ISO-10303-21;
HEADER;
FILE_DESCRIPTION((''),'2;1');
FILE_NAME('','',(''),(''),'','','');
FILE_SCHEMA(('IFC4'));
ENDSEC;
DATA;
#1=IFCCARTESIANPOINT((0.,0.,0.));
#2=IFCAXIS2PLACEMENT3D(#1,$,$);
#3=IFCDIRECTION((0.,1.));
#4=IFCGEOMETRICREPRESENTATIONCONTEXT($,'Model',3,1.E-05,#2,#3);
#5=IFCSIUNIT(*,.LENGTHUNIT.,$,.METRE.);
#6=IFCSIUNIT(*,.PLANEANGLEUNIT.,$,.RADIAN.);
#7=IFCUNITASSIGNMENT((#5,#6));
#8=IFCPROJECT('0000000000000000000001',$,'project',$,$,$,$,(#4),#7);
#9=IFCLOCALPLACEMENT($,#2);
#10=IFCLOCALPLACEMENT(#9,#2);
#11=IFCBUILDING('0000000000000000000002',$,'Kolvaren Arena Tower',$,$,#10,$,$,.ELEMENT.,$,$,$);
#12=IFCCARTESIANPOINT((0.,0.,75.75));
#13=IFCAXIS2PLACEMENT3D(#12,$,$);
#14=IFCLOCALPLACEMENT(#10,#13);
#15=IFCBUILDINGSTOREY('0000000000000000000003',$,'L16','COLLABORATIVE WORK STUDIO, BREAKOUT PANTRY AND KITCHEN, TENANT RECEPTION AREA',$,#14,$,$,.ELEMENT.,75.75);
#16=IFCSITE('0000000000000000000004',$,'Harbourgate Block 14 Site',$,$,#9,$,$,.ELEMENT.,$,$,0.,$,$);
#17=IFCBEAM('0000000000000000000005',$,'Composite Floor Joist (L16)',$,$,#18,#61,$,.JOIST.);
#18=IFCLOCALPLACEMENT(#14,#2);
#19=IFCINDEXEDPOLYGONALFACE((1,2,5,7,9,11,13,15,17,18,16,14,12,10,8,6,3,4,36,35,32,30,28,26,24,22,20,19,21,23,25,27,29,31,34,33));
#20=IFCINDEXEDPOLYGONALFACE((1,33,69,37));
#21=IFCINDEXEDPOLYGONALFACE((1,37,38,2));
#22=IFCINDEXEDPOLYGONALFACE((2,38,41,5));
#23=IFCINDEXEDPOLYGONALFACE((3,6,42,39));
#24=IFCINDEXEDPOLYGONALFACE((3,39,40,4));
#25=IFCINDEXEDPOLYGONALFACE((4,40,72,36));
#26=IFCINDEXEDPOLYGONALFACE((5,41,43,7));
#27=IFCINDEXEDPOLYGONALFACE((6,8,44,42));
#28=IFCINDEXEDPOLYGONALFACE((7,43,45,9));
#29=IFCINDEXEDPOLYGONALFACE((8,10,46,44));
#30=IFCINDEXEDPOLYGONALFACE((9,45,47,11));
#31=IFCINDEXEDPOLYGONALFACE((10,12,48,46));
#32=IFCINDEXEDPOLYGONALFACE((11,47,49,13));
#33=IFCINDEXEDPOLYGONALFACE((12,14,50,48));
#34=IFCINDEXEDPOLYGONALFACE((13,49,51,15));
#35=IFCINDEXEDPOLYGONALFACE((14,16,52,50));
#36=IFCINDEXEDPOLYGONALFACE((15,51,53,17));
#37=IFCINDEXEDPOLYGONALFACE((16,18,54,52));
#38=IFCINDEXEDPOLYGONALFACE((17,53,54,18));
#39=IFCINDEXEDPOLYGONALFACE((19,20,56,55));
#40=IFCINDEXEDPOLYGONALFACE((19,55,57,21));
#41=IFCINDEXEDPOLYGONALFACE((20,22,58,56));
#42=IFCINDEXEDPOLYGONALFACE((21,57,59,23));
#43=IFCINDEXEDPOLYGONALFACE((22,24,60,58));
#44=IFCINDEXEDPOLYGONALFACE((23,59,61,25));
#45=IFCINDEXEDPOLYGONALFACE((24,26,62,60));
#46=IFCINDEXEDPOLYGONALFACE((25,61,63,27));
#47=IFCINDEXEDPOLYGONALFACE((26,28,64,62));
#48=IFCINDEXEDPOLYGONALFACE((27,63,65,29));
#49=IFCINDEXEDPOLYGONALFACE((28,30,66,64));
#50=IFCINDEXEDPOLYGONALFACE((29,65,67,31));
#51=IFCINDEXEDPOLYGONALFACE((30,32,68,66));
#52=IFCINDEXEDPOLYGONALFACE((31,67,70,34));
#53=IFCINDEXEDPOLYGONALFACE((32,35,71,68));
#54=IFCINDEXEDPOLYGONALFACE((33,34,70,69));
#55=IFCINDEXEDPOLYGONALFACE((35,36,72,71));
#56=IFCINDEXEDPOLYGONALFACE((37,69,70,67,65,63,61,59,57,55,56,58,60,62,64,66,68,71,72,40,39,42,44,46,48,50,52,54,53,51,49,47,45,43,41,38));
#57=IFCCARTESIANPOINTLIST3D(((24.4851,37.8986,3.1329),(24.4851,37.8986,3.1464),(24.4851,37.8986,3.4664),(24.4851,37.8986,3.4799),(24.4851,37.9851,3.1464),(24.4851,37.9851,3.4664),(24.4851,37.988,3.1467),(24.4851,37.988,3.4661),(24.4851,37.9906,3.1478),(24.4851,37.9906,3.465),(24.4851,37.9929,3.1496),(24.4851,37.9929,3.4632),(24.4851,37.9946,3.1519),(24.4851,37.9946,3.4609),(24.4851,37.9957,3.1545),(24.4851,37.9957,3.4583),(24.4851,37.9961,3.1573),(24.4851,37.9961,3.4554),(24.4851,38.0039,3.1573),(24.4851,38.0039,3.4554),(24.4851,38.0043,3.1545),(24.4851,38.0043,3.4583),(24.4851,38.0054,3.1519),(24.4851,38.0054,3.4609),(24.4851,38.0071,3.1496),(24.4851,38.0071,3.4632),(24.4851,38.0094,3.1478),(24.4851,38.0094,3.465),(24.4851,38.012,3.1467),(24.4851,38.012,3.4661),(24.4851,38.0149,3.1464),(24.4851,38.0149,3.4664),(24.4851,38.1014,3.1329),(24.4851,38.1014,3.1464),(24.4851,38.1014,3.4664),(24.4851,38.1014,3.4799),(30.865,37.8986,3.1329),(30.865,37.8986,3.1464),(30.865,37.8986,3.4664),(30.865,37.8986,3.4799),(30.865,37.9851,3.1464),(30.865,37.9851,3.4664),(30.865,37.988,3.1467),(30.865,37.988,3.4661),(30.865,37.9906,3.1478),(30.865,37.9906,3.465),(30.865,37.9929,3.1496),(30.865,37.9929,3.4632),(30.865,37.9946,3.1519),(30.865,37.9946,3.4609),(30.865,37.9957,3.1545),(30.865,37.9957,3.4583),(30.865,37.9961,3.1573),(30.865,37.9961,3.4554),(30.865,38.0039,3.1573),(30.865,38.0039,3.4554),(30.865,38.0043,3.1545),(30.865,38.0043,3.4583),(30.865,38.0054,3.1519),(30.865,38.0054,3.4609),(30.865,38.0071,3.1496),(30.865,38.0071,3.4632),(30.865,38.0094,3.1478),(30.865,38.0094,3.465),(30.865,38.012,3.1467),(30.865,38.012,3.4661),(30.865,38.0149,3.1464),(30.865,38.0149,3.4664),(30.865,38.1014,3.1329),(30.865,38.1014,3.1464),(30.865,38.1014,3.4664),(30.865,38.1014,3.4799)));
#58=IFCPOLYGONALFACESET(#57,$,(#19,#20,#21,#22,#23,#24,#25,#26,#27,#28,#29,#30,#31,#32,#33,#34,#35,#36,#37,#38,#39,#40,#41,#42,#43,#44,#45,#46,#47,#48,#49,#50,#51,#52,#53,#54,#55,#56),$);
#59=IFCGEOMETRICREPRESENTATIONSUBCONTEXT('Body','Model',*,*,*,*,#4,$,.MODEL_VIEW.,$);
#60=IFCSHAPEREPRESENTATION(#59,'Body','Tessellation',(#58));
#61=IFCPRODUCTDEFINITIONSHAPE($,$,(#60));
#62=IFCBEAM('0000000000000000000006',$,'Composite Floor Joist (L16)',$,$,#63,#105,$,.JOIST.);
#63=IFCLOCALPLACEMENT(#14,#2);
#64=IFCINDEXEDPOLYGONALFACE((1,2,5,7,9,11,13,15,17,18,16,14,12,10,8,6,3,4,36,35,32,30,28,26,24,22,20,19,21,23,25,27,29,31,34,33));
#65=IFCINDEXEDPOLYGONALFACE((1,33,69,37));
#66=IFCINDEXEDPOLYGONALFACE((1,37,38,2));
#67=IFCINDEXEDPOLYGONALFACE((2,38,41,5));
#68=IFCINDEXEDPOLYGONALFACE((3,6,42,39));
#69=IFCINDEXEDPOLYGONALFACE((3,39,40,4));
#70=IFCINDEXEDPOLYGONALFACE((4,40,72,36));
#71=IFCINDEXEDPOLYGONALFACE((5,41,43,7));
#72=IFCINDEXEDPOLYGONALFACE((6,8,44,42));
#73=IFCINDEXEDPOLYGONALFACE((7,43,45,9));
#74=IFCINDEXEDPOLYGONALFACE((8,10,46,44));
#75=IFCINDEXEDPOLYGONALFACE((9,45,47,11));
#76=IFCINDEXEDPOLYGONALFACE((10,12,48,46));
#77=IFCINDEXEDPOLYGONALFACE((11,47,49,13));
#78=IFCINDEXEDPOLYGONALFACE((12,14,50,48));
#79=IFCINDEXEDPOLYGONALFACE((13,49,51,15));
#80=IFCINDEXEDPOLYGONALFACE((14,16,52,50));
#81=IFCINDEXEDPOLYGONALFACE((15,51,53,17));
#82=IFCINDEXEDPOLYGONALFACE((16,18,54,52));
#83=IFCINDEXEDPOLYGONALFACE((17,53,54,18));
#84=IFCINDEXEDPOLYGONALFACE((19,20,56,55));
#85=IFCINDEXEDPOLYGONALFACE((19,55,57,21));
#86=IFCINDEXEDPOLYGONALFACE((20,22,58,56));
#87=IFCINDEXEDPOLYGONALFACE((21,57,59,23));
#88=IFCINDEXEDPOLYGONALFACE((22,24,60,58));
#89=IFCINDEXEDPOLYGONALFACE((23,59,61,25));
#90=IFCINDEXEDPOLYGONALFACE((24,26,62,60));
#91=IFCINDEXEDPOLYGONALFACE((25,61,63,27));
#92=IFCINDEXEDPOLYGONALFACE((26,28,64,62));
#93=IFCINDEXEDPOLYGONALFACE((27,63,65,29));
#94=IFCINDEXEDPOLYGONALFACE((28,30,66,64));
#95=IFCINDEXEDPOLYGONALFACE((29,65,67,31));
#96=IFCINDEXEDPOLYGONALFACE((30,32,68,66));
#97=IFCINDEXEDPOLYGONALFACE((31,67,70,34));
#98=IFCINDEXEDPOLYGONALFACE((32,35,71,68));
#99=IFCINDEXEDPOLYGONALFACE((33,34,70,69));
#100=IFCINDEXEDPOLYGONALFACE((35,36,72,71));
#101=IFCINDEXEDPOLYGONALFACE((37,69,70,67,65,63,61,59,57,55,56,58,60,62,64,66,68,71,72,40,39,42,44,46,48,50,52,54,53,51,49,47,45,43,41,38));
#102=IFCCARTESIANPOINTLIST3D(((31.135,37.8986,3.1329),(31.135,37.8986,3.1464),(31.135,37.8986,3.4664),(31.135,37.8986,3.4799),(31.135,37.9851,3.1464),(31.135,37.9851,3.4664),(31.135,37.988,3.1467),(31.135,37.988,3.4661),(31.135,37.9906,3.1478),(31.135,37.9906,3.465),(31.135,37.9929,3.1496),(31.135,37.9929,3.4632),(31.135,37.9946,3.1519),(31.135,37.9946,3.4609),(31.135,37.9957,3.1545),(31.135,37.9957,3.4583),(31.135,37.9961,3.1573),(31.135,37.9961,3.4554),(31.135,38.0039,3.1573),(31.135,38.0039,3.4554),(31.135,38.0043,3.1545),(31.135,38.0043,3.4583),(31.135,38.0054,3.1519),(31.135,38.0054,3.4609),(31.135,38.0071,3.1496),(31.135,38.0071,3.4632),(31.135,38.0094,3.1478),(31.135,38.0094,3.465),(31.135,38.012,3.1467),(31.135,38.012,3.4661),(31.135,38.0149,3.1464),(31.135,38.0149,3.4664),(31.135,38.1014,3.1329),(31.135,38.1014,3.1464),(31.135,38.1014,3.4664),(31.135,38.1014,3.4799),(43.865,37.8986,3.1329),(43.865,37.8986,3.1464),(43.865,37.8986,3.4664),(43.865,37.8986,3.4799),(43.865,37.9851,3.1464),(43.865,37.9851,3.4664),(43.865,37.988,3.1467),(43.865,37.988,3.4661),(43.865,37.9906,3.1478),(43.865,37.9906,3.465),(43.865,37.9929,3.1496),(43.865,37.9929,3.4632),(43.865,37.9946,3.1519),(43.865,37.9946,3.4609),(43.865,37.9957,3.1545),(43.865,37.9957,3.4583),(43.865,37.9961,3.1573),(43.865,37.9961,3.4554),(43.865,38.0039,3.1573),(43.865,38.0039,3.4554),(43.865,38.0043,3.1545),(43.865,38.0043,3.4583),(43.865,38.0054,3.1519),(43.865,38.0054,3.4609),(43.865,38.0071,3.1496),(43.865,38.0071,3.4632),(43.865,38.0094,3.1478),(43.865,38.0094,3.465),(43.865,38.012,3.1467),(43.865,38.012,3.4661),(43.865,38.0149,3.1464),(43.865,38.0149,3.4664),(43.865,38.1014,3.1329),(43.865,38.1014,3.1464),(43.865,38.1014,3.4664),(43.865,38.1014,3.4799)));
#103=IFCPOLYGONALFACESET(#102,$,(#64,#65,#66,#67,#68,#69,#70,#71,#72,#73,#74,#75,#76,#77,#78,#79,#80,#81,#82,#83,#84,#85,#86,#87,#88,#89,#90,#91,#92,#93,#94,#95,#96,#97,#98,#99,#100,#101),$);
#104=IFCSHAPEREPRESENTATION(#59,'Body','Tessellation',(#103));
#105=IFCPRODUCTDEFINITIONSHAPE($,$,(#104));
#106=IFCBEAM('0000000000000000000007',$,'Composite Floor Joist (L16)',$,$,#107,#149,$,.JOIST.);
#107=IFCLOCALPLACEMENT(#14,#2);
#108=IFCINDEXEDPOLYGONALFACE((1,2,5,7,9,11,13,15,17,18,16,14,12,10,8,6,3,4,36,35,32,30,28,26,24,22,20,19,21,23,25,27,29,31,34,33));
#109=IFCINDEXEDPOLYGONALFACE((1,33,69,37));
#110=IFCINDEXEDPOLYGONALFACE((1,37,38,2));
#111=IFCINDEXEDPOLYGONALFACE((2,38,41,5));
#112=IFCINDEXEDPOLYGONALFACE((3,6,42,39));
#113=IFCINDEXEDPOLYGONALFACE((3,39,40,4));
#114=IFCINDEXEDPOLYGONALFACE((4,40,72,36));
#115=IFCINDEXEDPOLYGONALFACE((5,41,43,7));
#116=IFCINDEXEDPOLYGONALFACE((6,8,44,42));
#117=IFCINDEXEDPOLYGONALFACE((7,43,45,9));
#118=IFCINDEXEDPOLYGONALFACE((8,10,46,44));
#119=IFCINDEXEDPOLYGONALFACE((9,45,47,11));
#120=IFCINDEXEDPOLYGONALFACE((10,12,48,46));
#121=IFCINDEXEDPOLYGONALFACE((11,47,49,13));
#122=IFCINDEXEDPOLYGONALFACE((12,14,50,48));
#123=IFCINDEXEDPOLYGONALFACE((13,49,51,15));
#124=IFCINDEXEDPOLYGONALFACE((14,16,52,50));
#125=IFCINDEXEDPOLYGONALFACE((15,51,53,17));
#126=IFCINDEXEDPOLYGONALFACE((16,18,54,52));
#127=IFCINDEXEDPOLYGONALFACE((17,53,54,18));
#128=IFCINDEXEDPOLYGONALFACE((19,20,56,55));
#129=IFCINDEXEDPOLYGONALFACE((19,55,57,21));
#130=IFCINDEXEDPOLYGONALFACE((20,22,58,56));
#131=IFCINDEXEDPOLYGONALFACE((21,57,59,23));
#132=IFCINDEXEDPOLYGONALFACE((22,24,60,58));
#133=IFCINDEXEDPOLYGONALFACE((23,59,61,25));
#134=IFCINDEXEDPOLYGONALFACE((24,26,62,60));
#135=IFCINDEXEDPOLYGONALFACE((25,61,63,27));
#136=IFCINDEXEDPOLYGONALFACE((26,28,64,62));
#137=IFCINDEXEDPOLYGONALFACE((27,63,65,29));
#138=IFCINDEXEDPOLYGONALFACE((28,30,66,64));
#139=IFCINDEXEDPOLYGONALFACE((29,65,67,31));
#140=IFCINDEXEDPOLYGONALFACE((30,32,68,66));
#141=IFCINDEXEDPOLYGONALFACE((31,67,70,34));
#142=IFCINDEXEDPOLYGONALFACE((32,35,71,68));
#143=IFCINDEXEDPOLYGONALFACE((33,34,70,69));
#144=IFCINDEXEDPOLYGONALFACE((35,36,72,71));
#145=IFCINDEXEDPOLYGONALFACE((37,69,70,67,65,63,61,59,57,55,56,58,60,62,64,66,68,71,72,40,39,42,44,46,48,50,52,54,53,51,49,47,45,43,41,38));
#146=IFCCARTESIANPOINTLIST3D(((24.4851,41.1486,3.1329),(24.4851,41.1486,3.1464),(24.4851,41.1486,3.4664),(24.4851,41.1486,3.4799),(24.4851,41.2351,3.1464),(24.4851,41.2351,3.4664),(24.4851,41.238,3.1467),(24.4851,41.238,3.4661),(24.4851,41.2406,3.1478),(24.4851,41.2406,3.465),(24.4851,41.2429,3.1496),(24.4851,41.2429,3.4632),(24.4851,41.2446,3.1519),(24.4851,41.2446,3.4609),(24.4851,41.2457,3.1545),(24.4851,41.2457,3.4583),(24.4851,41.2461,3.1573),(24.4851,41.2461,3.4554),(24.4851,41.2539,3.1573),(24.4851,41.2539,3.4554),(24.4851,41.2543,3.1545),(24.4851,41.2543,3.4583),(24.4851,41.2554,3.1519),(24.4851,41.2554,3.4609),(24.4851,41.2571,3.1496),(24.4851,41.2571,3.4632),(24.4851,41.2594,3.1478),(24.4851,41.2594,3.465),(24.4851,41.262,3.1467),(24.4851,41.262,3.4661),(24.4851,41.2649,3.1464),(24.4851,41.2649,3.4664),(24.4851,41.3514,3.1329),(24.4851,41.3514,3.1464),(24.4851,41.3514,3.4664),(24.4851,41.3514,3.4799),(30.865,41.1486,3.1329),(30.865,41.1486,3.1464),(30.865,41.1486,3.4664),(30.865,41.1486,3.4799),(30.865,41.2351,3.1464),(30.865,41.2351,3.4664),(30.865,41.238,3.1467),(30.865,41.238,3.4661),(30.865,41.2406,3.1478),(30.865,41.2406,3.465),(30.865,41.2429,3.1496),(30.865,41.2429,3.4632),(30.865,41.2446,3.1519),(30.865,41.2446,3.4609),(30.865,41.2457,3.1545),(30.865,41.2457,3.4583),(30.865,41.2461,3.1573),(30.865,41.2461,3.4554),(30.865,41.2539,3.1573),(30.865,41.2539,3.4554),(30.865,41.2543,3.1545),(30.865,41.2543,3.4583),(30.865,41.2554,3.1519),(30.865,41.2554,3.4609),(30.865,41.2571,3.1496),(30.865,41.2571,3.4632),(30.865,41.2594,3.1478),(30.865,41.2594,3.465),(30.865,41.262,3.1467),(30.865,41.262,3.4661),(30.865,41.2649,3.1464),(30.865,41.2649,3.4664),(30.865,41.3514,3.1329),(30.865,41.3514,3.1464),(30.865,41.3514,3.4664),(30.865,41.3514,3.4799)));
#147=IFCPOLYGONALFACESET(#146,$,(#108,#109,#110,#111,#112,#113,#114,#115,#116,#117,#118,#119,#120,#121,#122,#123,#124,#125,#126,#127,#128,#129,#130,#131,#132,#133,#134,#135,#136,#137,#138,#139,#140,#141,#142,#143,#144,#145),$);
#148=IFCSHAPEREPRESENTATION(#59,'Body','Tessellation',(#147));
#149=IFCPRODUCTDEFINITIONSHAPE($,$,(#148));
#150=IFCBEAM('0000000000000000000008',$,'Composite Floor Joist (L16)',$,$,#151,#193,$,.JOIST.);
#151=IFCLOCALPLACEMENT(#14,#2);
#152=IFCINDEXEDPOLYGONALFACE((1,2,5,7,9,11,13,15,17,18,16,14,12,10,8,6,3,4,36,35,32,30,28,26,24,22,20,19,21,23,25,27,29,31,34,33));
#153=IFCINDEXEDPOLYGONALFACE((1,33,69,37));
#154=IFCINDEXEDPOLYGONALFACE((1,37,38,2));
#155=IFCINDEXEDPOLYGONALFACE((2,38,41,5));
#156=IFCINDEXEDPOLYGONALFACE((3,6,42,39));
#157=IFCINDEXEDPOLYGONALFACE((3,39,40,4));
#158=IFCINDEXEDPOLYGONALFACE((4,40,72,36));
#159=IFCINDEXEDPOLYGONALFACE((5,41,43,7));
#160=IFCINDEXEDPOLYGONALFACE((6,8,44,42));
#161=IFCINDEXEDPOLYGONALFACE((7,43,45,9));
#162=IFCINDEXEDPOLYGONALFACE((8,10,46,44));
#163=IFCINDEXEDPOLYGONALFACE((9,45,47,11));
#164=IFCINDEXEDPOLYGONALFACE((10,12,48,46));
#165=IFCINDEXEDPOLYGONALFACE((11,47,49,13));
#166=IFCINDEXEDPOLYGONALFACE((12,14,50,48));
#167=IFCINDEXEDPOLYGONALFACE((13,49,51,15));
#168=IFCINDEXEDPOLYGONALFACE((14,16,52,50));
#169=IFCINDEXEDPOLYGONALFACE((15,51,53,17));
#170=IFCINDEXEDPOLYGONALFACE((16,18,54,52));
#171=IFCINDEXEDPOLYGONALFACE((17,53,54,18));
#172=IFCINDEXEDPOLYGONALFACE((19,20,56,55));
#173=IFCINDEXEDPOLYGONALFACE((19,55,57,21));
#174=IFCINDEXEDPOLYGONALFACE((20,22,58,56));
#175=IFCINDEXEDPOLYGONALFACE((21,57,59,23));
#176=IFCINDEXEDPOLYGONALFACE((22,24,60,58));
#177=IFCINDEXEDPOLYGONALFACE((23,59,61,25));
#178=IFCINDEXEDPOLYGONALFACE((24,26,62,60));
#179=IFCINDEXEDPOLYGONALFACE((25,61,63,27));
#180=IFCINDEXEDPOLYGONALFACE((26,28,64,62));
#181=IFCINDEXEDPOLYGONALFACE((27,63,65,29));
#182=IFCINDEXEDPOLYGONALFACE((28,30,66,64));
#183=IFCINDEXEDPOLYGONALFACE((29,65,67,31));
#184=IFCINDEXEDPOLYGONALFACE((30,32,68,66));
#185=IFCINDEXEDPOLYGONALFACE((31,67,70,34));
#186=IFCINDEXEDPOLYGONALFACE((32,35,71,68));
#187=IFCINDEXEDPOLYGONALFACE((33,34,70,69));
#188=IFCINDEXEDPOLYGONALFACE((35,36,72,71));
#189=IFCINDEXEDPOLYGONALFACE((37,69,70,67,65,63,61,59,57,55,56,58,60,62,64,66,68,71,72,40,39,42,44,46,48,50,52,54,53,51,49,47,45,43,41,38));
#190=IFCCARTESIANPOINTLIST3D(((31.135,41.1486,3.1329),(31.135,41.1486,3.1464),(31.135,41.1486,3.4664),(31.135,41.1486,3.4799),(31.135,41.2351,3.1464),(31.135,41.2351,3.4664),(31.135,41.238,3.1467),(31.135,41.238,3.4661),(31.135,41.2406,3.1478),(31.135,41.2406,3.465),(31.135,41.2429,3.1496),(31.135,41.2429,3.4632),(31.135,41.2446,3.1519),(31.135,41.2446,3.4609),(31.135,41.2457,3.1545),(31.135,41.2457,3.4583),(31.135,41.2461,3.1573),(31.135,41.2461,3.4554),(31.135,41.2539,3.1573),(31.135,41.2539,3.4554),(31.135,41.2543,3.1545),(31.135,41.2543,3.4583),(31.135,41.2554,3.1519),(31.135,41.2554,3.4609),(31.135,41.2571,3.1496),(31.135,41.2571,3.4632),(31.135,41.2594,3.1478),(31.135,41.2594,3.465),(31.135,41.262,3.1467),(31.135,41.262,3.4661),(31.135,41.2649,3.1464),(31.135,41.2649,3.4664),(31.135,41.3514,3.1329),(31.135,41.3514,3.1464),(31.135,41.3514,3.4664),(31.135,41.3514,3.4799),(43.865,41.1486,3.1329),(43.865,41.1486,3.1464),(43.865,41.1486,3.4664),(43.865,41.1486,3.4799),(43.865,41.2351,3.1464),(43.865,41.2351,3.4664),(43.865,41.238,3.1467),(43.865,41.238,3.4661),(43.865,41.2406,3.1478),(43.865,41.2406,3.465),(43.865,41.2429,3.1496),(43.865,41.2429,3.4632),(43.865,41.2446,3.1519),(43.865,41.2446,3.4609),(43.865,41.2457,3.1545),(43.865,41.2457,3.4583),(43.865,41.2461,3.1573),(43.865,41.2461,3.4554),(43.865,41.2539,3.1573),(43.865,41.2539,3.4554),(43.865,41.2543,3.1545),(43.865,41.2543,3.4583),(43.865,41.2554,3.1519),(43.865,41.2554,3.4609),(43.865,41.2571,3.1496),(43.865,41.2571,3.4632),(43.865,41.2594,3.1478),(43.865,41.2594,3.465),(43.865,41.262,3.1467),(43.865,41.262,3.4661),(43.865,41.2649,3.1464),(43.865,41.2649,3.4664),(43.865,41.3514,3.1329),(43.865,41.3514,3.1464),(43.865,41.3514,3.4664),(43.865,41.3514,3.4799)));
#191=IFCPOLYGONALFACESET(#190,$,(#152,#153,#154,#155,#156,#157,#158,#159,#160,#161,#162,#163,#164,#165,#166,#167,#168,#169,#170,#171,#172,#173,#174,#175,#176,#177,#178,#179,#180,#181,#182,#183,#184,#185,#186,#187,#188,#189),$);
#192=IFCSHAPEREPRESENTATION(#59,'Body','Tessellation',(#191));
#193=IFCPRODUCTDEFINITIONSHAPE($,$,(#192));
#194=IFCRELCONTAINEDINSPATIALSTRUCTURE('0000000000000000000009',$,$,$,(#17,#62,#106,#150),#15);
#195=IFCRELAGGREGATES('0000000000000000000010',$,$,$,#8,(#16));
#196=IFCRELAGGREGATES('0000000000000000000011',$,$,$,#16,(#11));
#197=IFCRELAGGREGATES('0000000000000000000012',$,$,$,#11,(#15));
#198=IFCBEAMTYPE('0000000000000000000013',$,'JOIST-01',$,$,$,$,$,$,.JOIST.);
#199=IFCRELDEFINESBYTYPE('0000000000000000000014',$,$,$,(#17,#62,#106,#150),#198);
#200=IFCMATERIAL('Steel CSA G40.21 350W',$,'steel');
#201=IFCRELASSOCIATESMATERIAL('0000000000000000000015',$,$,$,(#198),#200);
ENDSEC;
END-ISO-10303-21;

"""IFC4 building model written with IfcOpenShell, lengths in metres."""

from ifc_helpers import new_model, si_unit, direction, frame, origin, origin_2d, place, context, subcontext, project, spatial, i_section, extrude, material, material_profile, profile_set, type_object, element, save


model = new_model("IFC4")

# Units and contexts
model_context = context("Model", 3, precision=1e-05, world=origin(), true_north=direction((0.0, 1.0)))
body_context = subcontext(model_context, "Body", "Model", "MODEL_VIEW")
ifc_project = project(units=[si_unit("LENGTHUNIT", "METRE"), si_unit("PLANEANGLEUNIT", "RADIAN")], contexts=[model_context])

# Site, building, storey
site_placement = place(None, origin())
site = spatial("IfcSite", under=ifc_project, at=site_placement, Name="Harbourgate Block 14 Site", CompositionType="ELEMENT", RefElevation=0.0)
building_placement = place(site_placement, origin())
building = spatial("IfcBuilding", under=site, at=building_placement, Name="Kolvaren Arena Tower", CompositionType="ELEMENT")
storey_placement = place(building_placement, frame((0.0, 0.0, 75.75)))
storey = spatial("IfcBuildingStorey", under=building, at=storey_placement, Name="L16", Description="COLLABORATIVE WORK STUDIO, BREAKOUT PANTRY AND KITCHEN, TENANT RECEPTION AREA", CompositionType="ELEMENT", Elevation=75.75)

# Beams
ifc_material_1 = material(Name="Steel CSA G40.21 350W", Category="steel")
ifc_material_profile_1 = material_profile(ifc_material_1, i_section(OverallWidth=0.2029, OverallDepth=0.3469, WebThickness=0.0078, FlangeThickness=0.0134, FilletRadius=0.011, at=origin_2d()), Name="W360x64")
ifc_profile_set_1 = profile_set([ifc_material_profile_1], Name="Steel CSA G40.21 350W")
beam_type_1 = type_object("IfcBeamType", Name="JOIST-01", PredefinedType="JOIST", material=ifc_profile_set_1)
beam_1_placement = place(storey_placement, frame((24.4851, 38.0, 3.3064), z_axis=(1.0, 0.0, 0.0), x_axis=(0.0, 1.0, 0.0)))
element("IfcBeam", 1, at=beam_1_placement, inside=storey, type_object=beam_type_1, Name="Composite Floor Joist (L16)", PredefinedType="JOIST", context=body_context, shape_type="SweptSolid", body=[
    extrude(i_section(OverallWidth=0.2029, OverallDepth=0.3469, WebThickness=0.0078, FlangeThickness=0.0134, FilletRadius=0.011, at=origin_2d()), origin(), (0.0, 0.0, 1.0), 6.3799),
])
beam_2_placement = place(storey_placement, frame((31.135, 38.0, 3.3064), z_axis=(1.0, 0.0, 0.0), x_axis=(0.0, 1.0, 0.0)))
element("IfcBeam", 2, at=beam_2_placement, inside=storey, type_object=beam_type_1, Name="Composite Floor Joist (L16)", PredefinedType="JOIST", context=body_context, shape_type="SweptSolid", body=[
    extrude(i_section(OverallWidth=0.2029, OverallDepth=0.3469, WebThickness=0.0078, FlangeThickness=0.0134, FilletRadius=0.011, at=origin_2d()), origin(), (0.0, 0.0, 1.0), 12.73),
])
beam_3_placement = place(storey_placement, frame((24.4851, 41.25, 3.3064), z_axis=(1.0, 0.0, 0.0), x_axis=(0.0, 1.0, 0.0)))
element("IfcBeam", 3, at=beam_3_placement, inside=storey, type_object=beam_type_1, Name="Composite Floor Joist (L16)", PredefinedType="JOIST", context=body_context, shape_type="SweptSolid", body=[
    extrude(i_section(OverallWidth=0.2029, OverallDepth=0.3469, WebThickness=0.0078, FlangeThickness=0.0134, FilletRadius=0.011, at=origin_2d()), origin(), (0.0, 0.0, 1.0), 6.3799),
])
beam_4_placement = place(storey_placement, frame((31.135, 41.25, 3.3064), z_axis=(1.0, 0.0, 0.0), x_axis=(0.0, 1.0, 0.0)))
element("IfcBeam", 4, at=beam_4_placement, inside=storey, type_object=beam_type_1, Name="Composite Floor Joist (L16)", PredefinedType="JOIST", context=body_context, shape_type="SweptSolid", body=[
    extrude(i_section(OverallWidth=0.2029, OverallDepth=0.3469, WebThickness=0.0078, FlangeThickness=0.0134, FilletRadius=0.011, at=origin_2d()), origin(), (0.0, 0.0, 1.0), 12.73),
])

save(model, "model.ifc")
